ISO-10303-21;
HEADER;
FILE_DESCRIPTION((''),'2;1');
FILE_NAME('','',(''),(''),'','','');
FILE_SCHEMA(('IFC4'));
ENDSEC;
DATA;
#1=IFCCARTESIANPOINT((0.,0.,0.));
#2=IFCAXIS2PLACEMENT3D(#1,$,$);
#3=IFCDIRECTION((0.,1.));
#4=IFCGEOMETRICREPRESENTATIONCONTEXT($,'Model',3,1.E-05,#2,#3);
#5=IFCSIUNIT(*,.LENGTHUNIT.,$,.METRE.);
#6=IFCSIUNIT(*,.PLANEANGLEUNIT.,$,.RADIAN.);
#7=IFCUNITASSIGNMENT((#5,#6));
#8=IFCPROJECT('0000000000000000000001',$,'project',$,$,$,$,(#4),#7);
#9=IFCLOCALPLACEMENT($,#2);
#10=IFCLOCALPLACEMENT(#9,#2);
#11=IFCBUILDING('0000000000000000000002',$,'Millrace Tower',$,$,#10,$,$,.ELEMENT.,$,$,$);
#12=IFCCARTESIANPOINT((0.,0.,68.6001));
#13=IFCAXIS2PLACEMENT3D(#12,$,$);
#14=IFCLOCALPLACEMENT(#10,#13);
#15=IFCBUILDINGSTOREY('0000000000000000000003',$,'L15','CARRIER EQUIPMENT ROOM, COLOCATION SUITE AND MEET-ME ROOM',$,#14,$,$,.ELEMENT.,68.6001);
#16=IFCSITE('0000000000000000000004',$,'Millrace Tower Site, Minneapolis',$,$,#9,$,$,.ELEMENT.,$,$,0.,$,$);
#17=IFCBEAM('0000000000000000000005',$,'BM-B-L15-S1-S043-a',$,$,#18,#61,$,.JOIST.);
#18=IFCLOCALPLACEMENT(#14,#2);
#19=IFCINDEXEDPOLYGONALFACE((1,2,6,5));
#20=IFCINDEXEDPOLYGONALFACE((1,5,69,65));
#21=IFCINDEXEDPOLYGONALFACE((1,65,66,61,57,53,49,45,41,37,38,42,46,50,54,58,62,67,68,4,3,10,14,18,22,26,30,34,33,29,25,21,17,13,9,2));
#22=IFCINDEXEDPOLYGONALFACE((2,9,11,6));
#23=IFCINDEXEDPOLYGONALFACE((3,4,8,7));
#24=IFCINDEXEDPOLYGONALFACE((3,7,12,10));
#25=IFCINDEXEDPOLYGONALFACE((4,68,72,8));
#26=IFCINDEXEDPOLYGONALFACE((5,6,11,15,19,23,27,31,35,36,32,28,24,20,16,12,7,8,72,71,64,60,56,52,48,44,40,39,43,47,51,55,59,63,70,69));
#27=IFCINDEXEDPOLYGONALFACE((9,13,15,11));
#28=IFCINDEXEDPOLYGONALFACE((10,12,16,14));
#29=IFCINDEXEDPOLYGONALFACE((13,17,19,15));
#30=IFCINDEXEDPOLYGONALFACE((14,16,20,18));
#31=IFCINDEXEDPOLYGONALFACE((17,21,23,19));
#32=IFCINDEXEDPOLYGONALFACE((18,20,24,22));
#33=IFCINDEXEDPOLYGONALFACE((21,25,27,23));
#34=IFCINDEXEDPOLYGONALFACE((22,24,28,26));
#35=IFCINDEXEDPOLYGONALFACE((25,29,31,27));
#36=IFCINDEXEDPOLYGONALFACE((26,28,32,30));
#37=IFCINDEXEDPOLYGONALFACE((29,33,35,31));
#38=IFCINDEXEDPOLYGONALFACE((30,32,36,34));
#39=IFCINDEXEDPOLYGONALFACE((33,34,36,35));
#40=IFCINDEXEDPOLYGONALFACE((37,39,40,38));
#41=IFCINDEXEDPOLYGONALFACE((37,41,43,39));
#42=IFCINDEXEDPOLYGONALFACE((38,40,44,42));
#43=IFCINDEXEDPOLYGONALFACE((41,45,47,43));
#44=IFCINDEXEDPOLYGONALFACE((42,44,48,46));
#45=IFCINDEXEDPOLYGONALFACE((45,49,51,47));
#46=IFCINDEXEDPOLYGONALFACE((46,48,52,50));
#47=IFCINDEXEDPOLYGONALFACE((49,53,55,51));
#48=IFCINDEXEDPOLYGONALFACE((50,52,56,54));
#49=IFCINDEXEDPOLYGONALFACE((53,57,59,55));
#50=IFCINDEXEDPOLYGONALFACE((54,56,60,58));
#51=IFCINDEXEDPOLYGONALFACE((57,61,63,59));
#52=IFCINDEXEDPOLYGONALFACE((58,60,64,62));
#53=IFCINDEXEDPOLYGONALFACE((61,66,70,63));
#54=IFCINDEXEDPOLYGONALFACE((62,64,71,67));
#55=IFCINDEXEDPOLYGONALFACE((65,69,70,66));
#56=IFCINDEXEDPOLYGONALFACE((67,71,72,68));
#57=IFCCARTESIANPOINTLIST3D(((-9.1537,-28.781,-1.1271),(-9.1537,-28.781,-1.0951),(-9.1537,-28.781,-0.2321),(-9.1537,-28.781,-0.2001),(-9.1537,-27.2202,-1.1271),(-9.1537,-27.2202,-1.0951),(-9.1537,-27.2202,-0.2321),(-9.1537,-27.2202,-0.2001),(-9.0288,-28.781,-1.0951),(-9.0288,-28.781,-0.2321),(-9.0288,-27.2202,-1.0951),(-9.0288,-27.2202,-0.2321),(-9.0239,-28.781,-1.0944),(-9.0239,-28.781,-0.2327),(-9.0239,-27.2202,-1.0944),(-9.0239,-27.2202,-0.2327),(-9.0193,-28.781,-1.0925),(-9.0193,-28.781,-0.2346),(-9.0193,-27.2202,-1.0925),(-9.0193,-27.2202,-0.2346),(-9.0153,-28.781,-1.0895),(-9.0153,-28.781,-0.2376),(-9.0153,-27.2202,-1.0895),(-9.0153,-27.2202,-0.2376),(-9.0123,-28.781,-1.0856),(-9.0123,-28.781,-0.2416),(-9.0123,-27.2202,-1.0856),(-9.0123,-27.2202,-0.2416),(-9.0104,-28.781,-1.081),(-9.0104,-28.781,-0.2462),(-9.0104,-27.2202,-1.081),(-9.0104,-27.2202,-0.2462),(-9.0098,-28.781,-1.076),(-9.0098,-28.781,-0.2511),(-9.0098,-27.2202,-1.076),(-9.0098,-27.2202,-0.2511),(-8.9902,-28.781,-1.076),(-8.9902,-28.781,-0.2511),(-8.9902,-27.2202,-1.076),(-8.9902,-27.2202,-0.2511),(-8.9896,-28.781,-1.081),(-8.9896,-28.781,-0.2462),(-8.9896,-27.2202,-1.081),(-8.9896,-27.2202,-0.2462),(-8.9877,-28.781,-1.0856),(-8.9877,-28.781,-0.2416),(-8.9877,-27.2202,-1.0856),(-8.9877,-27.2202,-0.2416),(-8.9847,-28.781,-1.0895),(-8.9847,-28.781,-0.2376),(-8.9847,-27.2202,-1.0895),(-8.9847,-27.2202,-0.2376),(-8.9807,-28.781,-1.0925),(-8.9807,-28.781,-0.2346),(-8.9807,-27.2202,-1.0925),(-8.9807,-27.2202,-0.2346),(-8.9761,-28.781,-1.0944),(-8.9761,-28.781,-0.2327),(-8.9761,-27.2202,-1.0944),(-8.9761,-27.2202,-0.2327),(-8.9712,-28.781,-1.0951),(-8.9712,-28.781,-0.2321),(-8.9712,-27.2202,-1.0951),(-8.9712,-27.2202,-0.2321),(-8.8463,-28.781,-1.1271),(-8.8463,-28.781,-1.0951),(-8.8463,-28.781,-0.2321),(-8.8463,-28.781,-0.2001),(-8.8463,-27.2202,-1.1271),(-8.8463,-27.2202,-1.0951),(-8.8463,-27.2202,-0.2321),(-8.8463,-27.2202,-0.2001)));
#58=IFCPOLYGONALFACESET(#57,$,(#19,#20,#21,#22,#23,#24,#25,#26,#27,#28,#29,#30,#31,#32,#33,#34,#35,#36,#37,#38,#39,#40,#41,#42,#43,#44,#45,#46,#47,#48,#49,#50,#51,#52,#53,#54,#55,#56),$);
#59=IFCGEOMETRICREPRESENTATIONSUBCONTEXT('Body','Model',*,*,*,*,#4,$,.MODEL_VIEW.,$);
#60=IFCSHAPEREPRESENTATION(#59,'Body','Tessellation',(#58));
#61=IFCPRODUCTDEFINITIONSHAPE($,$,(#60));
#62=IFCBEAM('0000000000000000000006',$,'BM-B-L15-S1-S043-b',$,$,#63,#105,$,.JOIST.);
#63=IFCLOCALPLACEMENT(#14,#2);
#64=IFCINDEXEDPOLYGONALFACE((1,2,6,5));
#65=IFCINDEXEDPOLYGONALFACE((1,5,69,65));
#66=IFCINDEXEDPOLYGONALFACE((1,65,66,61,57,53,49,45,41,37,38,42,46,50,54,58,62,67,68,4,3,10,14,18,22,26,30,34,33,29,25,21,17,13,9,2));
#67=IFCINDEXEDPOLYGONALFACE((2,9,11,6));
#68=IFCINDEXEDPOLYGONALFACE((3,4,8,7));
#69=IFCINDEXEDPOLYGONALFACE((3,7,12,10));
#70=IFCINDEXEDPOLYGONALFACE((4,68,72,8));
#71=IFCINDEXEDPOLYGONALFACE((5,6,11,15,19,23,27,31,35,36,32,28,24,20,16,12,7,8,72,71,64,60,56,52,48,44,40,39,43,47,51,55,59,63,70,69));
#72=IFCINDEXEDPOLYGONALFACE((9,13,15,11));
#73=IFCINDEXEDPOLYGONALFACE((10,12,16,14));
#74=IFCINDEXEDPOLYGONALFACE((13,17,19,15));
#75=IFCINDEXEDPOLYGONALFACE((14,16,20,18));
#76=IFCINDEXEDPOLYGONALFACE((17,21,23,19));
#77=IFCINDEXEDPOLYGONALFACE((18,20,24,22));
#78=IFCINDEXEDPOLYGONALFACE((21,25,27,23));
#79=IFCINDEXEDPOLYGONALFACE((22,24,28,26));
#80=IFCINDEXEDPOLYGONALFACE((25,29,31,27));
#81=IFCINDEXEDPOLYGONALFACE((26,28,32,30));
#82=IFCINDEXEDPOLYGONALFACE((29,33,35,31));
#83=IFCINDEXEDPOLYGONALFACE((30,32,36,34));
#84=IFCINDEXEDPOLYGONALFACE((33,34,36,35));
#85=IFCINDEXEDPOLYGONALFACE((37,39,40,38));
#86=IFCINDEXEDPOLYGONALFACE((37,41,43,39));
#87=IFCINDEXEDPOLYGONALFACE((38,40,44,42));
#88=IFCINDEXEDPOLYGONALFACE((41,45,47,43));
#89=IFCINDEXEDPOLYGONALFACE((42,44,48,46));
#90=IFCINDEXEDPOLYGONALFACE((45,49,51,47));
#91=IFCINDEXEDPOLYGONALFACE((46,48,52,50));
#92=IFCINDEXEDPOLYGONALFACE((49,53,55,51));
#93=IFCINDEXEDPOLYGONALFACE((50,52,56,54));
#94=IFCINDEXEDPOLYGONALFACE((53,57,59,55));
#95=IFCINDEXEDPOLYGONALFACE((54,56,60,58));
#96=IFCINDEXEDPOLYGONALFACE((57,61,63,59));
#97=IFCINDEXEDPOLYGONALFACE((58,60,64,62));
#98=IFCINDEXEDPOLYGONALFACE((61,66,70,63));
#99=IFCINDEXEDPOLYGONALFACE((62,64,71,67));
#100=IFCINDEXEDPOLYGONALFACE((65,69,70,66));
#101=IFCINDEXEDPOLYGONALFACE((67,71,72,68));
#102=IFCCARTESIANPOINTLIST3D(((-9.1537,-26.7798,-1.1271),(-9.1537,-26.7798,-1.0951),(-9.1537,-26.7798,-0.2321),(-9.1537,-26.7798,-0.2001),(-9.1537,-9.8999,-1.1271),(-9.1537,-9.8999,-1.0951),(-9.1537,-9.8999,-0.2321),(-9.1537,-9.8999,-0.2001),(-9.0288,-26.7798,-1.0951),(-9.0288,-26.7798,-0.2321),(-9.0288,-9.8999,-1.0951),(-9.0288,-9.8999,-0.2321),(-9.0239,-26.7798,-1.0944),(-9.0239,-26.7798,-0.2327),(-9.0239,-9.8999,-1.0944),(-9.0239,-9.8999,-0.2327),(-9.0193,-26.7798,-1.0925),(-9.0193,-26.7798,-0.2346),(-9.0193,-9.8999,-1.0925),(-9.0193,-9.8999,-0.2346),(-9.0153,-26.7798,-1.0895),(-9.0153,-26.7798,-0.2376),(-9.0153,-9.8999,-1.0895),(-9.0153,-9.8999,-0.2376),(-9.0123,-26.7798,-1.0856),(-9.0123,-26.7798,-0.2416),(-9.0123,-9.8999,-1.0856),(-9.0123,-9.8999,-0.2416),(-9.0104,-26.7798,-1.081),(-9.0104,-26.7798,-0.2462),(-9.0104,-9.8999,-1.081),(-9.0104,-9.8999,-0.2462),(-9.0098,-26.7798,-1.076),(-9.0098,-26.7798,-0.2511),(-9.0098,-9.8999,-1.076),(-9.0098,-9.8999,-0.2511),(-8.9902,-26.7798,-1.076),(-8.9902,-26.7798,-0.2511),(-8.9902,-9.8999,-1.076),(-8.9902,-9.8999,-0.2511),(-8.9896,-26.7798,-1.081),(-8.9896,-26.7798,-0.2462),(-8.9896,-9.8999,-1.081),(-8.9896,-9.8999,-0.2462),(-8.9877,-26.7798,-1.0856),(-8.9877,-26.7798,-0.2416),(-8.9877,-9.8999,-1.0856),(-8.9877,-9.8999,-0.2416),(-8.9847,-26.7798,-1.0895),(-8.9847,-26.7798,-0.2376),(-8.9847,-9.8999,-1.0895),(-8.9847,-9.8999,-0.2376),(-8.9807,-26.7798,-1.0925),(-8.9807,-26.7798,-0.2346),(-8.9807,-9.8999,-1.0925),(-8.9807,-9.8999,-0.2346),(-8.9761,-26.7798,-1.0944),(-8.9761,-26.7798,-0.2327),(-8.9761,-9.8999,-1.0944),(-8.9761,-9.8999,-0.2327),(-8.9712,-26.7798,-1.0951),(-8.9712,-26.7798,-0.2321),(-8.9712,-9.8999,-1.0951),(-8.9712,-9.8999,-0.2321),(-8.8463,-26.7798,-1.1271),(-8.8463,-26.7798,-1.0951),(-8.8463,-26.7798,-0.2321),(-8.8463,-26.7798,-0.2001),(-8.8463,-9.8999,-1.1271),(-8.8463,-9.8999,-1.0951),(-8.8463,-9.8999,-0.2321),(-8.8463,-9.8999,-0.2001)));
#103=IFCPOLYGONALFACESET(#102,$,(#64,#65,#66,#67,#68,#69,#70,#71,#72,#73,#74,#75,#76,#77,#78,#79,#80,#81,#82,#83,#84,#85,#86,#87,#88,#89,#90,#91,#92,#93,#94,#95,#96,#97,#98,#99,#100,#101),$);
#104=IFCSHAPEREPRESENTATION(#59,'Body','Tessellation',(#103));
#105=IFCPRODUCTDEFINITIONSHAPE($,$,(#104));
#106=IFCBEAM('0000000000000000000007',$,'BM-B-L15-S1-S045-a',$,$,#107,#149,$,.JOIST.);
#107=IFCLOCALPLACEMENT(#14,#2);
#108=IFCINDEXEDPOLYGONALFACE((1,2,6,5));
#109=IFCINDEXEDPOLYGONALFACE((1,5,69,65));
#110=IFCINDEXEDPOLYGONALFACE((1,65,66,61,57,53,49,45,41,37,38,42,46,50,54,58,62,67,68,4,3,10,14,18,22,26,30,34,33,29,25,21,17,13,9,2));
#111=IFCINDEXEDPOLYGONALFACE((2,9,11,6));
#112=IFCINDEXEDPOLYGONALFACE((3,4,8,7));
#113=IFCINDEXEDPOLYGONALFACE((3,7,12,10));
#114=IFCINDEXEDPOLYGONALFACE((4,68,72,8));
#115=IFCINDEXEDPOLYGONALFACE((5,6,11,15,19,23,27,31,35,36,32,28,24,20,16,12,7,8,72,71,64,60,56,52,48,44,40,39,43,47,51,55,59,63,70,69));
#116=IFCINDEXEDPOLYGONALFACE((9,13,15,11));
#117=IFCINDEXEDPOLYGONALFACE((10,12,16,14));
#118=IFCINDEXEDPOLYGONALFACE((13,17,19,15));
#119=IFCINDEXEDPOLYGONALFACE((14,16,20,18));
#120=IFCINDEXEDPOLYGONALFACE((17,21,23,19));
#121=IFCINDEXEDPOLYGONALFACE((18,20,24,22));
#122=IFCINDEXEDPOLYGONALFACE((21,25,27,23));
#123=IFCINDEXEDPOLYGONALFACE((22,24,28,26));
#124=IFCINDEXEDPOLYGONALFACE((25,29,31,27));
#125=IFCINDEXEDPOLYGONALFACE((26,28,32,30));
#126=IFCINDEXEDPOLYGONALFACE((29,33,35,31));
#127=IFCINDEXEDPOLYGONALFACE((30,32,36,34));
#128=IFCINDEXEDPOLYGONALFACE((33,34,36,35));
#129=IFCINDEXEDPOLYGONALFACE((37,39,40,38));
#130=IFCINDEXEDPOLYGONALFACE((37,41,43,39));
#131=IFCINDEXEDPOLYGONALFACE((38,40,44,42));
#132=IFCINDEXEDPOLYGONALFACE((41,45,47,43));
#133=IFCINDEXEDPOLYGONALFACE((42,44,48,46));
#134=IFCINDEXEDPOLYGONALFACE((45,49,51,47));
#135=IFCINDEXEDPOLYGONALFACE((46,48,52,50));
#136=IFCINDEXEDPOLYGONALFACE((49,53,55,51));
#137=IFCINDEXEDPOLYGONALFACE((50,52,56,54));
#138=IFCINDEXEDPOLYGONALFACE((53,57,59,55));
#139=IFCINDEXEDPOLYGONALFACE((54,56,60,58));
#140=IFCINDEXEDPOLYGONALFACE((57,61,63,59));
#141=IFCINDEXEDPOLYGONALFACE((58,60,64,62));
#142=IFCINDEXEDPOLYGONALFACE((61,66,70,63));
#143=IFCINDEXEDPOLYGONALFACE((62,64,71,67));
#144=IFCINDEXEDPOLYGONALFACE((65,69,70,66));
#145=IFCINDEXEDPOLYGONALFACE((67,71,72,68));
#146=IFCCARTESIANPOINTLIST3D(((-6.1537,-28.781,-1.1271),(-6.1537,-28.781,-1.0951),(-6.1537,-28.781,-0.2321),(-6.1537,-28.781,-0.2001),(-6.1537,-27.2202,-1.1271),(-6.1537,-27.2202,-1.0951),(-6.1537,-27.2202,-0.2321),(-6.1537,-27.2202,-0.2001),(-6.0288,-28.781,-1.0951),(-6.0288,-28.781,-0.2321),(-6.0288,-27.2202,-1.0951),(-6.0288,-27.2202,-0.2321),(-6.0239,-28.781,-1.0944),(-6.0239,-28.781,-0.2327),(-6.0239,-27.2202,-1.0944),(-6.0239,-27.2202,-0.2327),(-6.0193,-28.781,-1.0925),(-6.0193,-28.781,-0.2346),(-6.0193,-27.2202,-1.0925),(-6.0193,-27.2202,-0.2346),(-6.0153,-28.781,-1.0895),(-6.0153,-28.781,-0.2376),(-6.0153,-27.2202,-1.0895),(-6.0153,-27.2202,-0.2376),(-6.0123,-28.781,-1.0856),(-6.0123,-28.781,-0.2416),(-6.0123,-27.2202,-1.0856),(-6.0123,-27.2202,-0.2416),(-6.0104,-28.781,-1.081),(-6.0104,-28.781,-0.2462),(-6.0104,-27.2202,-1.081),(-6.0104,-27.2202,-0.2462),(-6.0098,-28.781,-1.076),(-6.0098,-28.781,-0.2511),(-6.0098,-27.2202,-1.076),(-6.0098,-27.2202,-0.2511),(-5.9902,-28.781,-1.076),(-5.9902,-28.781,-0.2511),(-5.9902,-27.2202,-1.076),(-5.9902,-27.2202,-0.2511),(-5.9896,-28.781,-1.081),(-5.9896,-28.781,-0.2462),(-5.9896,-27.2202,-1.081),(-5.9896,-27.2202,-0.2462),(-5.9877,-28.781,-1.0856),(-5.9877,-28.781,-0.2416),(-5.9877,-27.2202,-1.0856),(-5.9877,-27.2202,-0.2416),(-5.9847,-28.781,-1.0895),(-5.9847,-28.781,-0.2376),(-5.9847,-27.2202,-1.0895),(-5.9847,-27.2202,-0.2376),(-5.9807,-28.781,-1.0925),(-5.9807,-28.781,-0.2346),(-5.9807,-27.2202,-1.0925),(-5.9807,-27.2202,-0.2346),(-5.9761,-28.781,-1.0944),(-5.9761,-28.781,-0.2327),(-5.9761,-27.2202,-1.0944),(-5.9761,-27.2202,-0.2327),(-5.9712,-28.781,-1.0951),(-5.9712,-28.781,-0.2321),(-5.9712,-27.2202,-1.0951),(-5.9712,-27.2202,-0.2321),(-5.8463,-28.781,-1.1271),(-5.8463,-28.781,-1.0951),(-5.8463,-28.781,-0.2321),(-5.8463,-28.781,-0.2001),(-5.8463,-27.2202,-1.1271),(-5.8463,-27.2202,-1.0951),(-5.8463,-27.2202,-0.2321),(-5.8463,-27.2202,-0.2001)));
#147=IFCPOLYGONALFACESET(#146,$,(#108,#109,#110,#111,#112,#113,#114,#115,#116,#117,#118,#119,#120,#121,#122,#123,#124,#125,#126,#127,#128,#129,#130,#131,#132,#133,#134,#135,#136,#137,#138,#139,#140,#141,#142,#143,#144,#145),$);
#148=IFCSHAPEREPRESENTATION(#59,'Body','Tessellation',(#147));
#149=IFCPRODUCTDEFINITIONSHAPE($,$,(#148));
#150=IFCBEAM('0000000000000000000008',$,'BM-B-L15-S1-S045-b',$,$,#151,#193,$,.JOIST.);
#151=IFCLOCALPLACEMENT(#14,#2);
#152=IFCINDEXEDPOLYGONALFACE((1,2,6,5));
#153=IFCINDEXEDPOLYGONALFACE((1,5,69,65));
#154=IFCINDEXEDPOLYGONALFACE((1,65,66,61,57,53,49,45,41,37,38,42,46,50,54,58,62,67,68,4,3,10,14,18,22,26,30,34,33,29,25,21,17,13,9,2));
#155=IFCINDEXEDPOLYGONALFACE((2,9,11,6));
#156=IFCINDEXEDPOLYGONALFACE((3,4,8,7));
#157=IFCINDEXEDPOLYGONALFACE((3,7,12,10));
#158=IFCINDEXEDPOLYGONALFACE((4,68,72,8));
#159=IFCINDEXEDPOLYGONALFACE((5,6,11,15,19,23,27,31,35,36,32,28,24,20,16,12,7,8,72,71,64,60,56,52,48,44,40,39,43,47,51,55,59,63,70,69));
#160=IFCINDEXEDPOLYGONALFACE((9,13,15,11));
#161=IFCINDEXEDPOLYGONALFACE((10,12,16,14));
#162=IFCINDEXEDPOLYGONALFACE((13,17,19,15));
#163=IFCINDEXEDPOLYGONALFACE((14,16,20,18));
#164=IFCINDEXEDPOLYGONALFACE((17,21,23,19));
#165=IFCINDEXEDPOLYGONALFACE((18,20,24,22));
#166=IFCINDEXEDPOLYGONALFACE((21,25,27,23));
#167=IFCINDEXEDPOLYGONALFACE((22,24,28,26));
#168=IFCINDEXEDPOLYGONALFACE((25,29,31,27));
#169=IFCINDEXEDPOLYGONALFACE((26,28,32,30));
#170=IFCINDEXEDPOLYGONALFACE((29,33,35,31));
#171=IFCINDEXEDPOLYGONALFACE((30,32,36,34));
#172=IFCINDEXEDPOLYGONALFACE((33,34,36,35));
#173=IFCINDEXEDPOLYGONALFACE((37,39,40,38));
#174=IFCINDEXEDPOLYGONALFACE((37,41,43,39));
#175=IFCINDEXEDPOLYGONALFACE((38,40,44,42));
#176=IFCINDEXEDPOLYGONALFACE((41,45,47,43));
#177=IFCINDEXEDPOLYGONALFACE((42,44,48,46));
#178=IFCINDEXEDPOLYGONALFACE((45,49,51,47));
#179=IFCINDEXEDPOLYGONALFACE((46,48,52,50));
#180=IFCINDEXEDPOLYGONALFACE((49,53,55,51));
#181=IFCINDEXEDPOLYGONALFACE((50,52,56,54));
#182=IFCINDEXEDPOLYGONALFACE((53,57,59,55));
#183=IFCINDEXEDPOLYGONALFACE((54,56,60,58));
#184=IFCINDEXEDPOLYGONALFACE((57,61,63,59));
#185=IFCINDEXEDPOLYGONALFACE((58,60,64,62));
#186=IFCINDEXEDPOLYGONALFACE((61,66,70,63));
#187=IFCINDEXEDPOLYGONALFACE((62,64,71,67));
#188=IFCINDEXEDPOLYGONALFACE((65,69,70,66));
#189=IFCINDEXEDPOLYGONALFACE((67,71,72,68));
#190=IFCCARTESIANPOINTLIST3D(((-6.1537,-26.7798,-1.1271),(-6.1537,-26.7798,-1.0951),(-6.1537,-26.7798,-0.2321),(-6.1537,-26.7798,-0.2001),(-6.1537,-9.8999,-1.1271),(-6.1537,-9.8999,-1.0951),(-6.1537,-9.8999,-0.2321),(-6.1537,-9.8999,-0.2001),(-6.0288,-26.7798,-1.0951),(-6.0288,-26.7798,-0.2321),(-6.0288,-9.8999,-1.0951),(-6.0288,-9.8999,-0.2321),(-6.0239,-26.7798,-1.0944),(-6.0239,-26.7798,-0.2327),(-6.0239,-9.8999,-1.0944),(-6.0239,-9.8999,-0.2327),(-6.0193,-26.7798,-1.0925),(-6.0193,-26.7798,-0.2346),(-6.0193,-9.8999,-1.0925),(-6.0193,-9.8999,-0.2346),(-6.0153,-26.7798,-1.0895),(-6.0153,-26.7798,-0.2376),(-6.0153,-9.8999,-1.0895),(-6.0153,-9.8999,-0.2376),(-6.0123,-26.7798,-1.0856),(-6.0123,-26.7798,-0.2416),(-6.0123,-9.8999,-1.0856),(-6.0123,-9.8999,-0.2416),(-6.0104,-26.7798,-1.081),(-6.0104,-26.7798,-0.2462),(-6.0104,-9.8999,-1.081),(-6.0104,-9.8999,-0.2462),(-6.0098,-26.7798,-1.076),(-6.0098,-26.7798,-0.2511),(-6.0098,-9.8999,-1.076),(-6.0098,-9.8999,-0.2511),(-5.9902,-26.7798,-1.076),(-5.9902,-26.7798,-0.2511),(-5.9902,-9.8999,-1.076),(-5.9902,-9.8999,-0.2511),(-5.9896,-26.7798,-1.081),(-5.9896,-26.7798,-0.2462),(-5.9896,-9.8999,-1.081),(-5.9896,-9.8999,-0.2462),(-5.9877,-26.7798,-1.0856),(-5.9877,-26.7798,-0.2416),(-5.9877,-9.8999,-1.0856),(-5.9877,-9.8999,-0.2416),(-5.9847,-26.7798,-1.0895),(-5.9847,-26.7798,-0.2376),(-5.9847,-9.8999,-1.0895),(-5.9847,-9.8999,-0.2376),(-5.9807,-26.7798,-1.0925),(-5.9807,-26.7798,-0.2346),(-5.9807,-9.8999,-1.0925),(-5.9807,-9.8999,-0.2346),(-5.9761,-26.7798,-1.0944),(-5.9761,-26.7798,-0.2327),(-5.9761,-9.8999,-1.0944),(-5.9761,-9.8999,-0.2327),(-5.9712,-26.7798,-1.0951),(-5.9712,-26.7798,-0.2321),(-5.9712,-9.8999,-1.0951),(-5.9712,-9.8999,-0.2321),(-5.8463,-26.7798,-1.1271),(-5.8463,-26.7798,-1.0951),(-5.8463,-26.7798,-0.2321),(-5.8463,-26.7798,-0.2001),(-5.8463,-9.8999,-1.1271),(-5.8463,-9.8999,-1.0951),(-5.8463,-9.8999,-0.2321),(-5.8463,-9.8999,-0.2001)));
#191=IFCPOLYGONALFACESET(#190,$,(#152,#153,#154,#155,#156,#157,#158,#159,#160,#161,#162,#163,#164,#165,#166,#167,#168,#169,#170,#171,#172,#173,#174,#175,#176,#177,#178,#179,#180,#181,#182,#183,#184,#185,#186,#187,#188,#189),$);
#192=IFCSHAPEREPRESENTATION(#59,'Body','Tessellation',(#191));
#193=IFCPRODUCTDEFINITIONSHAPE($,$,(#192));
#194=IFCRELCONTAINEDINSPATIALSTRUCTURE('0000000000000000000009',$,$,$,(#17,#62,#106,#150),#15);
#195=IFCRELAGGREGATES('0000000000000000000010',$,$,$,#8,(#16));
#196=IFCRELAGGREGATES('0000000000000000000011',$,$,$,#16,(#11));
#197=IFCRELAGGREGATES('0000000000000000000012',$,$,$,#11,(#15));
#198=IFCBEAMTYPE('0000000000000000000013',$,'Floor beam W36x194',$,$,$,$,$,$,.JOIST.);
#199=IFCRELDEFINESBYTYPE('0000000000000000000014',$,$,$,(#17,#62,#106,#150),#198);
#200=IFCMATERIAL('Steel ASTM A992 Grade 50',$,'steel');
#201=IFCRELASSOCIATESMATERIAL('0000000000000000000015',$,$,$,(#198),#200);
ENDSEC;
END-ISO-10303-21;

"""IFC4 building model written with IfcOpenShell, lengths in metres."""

from ifc_helpers import new_model, si_unit, direction, frame, origin, origin_2d, place, context, subcontext, project, spatial, i_section, extrude, material, material_profile, profile_set, type_object, element, save


model = new_model("IFC4")

# Units and contexts
model_context = context("Model", 3, precision=1e-05, world=origin(), true_north=direction((0.0, 1.0)))
body_context = subcontext(model_context, "Body", "Model", "MODEL_VIEW")
ifc_project = project(units=[si_unit("LENGTHUNIT", "METRE"), si_unit("PLANEANGLEUNIT", "RADIAN")], contexts=[model_context])

# Site, building, storey
site_placement = place(None, origin())
site = spatial("IfcSite", under=ifc_project, at=site_placement, Name="Millrace Tower Site, Minneapolis", CompositionType="ELEMENT", RefElevation=0.0)
building_placement = place(site_placement, origin())
building = spatial("IfcBuilding", under=site, at=building_placement, Name="Millrace Tower", CompositionType="ELEMENT")
storey_placement = place(building_placement, frame((0.0, 0.0, 68.6001)))
storey = spatial("IfcBuildingStorey", under=building, at=storey_placement, Name="L15", Description="CARRIER EQUIPMENT ROOM, COLOCATION SUITE AND MEET-ME ROOM", CompositionType="ELEMENT", Elevation=68.6001)

# Beams
ifc_material_1 = material(Name="Steel ASTM A992 Grade 50", Category="steel")
ifc_material_profile_1 = material_profile(ifc_material_1, i_section(OverallWidth=0.3074, OverallDepth=0.927, WebThickness=0.0195, FlangeThickness=0.032, FilletRadius=0.019, at=origin_2d()))
ifc_profile_set_1 = profile_set([ifc_material_profile_1], Name="Steel ASTM A992 Grade 50")
beam_type_1 = type_object("IfcBeamType", Name="Floor beam W36x194", PredefinedType="JOIST", material=ifc_profile_set_1)
beam_1_placement = place(storey_placement, frame((-9.0, -28.781, -0.6636), z_axis=(0.0, 1.0, 0.0), x_axis=(-1.0, 0.0, 0.0)))
element("IfcBeam", 1, at=beam_1_placement, inside=storey, type_object=beam_type_1, Name="BM-B-L15-S1-S043-a", PredefinedType="JOIST", context=body_context, shape_type="SweptSolid", body=[
    extrude(i_section(OverallWidth=0.3074, OverallDepth=0.927, WebThickness=0.0195, FlangeThickness=0.032, FilletRadius=0.019, at=origin_2d()), origin(), (0.0, 0.0, 1.0), 1.5608),
])
beam_2_placement = place(storey_placement, frame((-9.0, -26.7798, -0.6636), z_axis=(0.0, 1.0, 0.0), x_axis=(-1.0, 0.0, 0.0)))
element("IfcBeam", 2, at=beam_2_placement, inside=storey, type_object=beam_type_1, Name="BM-B-L15-S1-S043-b", PredefinedType="JOIST", context=body_context, shape_type="SweptSolid", body=[
    extrude(i_section(OverallWidth=0.3074, OverallDepth=0.927, WebThickness=0.0195, FlangeThickness=0.032, FilletRadius=0.019, at=origin_2d()), origin(), (0.0, 0.0, 1.0), 16.8799),
])
beam_3_placement = place(storey_placement, frame((-6.0, -28.781, -0.6636), z_axis=(0.0, 1.0, 0.0), x_axis=(-1.0, 0.0, 0.0)))
element("IfcBeam", 3, at=beam_3_placement, inside=storey, type_object=beam_type_1, Name="BM-B-L15-S1-S045-a", PredefinedType="JOIST", context=body_context, shape_type="SweptSolid", body=[
    extrude(i_section(OverallWidth=0.3074, OverallDepth=0.927, WebThickness=0.0195, FlangeThickness=0.032, FilletRadius=0.019, at=origin_2d()), origin(), (0.0, 0.0, 1.0), 1.5608),
])
beam_4_placement = place(storey_placement, frame((-6.0, -26.7798, -0.6636), z_axis=(0.0, 1.0, 0.0), x_axis=(-1.0, 0.0, 0.0)))
element("IfcBeam", 4, at=beam_4_placement, inside=storey, type_object=beam_type_1, Name="BM-B-L15-S1-S045-b", PredefinedType="JOIST", context=body_context, shape_type="SweptSolid", body=[
    extrude(i_section(OverallWidth=0.3074, OverallDepth=0.927, WebThickness=0.0195, FlangeThickness=0.032, FilletRadius=0.019, at=origin_2d()), origin(), (0.0, 0.0, 1.0), 16.8799),
])

save(model, "model.ifc")
